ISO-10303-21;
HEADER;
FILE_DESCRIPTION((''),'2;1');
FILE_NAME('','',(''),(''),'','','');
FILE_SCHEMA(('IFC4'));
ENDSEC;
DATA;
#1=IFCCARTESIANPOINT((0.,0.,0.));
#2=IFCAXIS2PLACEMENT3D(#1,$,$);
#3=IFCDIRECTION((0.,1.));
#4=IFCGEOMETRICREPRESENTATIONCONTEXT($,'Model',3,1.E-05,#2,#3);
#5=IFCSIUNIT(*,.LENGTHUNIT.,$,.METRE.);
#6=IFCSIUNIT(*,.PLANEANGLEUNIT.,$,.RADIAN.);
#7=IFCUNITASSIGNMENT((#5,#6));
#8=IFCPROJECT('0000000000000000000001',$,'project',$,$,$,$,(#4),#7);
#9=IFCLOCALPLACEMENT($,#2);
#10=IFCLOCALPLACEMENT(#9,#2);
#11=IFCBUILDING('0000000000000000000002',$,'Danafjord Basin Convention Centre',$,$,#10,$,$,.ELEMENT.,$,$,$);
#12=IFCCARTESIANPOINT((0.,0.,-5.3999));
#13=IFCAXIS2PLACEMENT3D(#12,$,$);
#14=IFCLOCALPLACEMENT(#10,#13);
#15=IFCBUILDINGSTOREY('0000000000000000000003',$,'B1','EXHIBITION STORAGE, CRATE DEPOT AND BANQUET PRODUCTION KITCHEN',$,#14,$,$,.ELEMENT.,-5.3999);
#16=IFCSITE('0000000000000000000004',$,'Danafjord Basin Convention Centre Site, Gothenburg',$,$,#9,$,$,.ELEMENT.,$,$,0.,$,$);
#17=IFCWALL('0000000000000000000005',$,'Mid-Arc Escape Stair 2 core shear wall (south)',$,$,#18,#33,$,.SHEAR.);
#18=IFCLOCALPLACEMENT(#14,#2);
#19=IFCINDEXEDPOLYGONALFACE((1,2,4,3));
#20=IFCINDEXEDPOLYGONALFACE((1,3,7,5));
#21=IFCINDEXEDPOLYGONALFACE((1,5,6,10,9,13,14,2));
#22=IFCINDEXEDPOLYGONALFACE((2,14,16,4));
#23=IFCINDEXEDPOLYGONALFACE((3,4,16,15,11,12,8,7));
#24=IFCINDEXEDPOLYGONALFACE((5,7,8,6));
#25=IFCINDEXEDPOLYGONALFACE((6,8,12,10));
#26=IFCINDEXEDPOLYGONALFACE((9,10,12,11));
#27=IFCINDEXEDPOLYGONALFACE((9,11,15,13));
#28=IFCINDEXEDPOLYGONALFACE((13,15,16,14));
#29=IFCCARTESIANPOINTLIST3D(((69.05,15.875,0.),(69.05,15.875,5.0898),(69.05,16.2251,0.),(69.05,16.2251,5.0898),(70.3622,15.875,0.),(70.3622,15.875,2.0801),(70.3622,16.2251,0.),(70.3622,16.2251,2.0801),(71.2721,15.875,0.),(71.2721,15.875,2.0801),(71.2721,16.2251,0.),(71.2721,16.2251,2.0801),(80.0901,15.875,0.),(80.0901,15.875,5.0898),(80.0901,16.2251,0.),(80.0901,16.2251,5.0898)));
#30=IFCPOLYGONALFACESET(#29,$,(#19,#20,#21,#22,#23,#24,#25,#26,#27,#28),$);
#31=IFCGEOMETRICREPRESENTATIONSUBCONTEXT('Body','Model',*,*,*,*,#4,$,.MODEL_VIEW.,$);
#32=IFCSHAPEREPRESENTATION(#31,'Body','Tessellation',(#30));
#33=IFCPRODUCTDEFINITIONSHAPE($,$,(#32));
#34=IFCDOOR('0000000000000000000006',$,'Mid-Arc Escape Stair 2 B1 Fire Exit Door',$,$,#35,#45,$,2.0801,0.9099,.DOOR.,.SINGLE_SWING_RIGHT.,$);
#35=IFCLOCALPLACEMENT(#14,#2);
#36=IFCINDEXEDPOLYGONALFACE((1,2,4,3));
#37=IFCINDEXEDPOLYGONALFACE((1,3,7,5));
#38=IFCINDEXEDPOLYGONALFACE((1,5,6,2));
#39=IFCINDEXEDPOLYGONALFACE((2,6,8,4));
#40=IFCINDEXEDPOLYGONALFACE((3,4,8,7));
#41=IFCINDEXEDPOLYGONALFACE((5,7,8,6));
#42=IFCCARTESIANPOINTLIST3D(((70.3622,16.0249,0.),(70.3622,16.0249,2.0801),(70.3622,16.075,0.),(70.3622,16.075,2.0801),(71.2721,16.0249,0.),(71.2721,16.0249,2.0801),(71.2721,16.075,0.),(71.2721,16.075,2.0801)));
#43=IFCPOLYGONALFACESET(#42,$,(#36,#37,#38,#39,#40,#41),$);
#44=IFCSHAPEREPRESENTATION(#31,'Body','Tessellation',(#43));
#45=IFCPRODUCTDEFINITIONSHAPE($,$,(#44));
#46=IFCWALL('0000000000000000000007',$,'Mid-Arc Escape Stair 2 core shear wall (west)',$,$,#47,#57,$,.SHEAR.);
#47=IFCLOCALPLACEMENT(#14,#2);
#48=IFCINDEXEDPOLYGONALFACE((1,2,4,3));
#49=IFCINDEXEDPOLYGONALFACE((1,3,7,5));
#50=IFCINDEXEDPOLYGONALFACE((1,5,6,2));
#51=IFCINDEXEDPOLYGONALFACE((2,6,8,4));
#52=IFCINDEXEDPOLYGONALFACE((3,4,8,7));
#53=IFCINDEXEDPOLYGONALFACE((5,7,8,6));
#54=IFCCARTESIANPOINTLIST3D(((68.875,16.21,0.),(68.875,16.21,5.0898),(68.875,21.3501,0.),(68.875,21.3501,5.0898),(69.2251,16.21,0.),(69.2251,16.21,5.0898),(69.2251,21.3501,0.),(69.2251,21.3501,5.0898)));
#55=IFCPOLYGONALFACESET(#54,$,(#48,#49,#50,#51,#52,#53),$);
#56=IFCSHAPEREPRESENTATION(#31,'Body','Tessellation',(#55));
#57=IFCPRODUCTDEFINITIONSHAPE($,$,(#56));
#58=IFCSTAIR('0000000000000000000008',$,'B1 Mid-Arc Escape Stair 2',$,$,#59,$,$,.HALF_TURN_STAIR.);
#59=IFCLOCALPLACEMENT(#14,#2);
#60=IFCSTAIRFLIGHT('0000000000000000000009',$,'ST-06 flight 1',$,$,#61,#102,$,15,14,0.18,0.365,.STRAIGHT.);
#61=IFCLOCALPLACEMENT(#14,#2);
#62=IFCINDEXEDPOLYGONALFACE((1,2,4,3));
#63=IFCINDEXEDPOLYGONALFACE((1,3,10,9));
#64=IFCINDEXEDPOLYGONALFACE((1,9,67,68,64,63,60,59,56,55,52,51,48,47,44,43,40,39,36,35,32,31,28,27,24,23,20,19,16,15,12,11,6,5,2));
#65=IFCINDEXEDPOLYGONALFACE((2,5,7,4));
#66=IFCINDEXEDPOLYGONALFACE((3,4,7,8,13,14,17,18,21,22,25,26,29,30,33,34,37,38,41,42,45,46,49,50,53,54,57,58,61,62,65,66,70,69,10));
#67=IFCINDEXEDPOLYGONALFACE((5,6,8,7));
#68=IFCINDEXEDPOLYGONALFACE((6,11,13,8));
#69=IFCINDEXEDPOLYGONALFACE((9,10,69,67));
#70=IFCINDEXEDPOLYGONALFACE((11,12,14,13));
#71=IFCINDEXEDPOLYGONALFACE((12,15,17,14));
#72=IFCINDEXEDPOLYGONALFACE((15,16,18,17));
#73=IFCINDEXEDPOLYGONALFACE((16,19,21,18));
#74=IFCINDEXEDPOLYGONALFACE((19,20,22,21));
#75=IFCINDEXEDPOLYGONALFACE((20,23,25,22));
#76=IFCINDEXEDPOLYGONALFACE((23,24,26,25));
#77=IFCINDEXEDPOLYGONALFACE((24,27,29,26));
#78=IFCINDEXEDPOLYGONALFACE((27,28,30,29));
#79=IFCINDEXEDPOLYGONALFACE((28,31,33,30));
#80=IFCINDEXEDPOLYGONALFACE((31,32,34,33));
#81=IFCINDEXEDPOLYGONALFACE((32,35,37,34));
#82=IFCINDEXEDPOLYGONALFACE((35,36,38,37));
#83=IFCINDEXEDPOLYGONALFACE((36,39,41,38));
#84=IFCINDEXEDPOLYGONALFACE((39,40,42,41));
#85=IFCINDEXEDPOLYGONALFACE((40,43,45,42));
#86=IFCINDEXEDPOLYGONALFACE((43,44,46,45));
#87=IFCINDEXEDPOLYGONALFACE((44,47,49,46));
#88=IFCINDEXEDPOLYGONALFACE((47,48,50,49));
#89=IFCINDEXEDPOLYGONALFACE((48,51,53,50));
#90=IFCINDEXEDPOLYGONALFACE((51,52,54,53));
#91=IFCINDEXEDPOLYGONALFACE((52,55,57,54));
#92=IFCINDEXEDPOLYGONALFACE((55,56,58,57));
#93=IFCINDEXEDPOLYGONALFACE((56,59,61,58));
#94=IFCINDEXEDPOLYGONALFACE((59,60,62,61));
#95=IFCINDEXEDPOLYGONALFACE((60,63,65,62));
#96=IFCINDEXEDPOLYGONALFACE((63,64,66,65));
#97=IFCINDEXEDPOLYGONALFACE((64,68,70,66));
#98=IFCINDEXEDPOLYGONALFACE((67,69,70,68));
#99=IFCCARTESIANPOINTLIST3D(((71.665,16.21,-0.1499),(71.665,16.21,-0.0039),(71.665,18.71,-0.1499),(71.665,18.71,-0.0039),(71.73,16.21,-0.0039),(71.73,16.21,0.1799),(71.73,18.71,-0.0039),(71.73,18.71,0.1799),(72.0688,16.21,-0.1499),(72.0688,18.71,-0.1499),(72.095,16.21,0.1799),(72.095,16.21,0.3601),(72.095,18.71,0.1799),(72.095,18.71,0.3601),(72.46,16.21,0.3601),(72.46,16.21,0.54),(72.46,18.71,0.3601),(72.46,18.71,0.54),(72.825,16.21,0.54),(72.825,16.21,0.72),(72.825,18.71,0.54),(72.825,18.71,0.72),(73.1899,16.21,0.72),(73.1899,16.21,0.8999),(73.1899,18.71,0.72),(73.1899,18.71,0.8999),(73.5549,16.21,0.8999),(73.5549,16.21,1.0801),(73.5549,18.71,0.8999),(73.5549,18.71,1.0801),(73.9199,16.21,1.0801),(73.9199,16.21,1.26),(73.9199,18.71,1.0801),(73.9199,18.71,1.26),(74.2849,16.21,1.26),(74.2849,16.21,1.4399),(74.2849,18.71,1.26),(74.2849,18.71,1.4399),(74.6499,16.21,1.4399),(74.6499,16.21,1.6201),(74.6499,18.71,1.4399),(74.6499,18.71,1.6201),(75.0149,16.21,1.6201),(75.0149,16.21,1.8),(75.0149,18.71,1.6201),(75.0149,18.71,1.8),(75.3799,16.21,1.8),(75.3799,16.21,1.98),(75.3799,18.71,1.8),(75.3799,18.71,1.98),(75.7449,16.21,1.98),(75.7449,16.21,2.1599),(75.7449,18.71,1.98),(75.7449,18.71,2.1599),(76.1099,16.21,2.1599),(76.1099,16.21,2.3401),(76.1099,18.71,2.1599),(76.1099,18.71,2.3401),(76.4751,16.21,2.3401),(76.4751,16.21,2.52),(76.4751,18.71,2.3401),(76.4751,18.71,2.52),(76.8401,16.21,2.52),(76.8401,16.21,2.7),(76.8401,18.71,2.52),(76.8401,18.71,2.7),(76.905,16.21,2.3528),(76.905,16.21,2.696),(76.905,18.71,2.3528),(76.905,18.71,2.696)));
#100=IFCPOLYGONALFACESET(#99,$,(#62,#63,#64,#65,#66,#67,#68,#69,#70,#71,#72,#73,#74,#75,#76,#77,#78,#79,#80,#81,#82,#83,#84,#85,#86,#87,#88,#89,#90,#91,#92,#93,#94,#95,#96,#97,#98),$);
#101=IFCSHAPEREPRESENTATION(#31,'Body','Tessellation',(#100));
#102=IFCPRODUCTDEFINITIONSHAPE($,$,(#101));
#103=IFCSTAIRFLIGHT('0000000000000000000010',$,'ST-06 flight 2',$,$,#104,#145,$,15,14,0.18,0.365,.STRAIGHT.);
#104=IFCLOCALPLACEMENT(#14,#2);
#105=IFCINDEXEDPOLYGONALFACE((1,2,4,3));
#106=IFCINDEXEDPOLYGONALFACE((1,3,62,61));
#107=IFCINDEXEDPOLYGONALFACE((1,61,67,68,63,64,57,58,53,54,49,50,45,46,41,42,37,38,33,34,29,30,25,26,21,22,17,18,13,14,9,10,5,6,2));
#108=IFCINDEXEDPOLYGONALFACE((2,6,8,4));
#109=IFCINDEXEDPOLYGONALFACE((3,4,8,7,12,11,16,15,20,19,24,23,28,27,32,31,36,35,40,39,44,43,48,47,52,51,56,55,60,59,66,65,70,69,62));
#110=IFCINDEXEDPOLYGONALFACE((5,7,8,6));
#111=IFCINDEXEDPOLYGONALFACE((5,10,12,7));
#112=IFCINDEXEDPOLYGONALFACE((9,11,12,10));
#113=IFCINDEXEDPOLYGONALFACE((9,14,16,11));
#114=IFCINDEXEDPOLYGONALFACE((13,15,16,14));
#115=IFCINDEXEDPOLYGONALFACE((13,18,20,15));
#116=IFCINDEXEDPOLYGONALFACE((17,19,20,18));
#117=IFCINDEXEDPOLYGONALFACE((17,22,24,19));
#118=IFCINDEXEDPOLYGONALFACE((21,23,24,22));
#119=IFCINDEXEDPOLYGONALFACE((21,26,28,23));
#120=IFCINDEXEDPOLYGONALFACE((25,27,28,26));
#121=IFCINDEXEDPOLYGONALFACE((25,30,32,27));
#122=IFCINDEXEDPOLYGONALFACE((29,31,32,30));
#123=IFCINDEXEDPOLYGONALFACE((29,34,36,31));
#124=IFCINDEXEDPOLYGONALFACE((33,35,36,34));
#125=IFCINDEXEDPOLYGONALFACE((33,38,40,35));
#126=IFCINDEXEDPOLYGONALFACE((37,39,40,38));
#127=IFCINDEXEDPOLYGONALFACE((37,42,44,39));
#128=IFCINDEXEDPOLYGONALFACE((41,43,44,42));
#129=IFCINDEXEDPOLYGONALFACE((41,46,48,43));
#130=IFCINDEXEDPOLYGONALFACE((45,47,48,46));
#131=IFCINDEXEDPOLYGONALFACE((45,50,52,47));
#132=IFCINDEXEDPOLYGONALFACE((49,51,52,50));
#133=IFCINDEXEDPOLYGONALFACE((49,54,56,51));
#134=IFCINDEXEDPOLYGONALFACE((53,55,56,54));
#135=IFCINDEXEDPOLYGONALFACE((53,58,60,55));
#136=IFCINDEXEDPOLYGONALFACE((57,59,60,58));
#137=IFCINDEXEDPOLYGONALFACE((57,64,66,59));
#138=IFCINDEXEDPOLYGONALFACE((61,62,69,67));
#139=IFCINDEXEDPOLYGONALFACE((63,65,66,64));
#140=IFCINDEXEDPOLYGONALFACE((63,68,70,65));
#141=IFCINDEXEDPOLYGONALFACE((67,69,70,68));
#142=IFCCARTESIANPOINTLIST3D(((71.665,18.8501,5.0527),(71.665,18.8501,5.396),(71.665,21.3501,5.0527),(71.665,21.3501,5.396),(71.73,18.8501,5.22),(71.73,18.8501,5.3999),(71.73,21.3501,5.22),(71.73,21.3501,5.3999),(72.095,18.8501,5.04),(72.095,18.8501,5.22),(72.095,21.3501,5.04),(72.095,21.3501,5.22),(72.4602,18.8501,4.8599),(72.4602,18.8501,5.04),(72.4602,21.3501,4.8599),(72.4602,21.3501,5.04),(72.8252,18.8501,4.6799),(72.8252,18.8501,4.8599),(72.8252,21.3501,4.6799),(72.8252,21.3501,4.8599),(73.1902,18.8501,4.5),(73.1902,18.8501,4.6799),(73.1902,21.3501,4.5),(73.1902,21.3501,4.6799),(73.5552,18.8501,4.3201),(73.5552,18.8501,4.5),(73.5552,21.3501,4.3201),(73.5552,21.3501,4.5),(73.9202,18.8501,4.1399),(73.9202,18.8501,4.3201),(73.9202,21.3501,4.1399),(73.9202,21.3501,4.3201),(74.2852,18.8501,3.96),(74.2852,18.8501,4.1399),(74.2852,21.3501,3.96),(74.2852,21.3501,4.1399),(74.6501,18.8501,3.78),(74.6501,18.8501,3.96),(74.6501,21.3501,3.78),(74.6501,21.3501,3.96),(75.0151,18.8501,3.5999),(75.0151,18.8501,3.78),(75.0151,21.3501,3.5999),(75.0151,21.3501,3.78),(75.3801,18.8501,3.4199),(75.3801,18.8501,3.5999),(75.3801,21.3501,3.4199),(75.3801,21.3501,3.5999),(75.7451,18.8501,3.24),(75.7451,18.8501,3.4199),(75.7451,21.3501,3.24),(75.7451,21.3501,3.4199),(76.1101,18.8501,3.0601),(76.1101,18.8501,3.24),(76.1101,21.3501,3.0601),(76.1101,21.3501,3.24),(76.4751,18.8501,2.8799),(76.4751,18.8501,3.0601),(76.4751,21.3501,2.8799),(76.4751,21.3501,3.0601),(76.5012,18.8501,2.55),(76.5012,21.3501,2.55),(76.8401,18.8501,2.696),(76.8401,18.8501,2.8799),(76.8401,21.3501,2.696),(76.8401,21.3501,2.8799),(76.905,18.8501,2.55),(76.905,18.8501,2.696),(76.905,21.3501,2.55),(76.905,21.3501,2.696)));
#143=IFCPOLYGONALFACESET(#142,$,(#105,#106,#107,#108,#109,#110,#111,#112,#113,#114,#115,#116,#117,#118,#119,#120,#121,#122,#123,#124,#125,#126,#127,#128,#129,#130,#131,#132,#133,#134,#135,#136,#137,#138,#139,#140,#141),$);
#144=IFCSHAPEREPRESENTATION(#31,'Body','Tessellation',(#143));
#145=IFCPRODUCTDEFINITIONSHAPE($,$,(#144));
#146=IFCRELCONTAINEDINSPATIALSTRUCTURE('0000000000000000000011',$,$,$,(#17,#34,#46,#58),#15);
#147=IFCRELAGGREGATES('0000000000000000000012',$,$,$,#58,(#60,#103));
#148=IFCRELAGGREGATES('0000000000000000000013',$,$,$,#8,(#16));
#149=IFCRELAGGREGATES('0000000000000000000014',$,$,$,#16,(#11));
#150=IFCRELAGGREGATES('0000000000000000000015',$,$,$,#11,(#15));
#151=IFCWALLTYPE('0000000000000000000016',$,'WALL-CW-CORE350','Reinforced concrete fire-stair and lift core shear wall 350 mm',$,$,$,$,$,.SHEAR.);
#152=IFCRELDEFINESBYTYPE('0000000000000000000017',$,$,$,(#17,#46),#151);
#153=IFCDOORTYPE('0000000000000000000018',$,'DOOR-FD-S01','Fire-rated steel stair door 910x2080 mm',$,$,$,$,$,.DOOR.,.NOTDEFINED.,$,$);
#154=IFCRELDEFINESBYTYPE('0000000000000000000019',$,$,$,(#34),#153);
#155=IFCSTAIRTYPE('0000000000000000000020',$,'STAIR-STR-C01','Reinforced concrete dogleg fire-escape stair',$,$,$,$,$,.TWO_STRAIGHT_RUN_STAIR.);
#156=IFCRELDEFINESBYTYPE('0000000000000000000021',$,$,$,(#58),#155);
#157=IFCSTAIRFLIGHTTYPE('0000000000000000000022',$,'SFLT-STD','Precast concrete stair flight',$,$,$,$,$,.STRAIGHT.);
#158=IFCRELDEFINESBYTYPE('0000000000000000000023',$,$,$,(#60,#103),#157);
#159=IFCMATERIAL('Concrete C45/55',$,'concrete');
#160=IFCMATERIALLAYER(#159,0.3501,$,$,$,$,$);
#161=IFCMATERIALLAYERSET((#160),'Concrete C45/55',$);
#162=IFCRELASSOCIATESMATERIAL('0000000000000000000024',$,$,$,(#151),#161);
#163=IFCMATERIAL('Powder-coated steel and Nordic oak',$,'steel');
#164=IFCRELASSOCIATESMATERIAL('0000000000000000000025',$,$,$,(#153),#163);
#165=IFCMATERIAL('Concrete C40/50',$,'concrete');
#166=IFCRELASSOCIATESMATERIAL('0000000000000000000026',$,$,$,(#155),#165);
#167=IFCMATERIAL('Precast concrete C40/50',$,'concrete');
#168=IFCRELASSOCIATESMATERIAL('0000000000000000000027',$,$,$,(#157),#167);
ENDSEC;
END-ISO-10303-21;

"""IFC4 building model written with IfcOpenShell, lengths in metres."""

from ifc_helpers import new_model, si_unit, direction, frame, frame_2d, origin, place, context, subcontext, project, spatial, polyline, rectangle, outline, extrude, material, layer, layer_set, type_object, element, fill, aggregate, save


model = new_model("IFC4")

# Units and contexts
model_context = context("Model", 3, precision=1e-05, world=origin(), true_north=direction((0.0, 1.0)))
body_context = subcontext(model_context, "Body", "Model", "MODEL_VIEW")
ifc_project = project(units=[si_unit("LENGTHUNIT", "METRE"), si_unit("PLANEANGLEUNIT", "RADIAN")], contexts=[model_context])

# Site, building, storey
site_placement = place(None, origin())
site = spatial("IfcSite", under=ifc_project, at=site_placement, Name="Danafjord Basin Convention Centre Site, Gothenburg", CompositionType="ELEMENT", RefElevation=0.0)
building_placement = place(site_placement, origin())
building = spatial("IfcBuilding", under=site, at=building_placement, Name="Danafjord Basin Convention Centre", CompositionType="ELEMENT")
storey_placement = place(building_placement, frame((0.0, 0.0, -5.3999)))
storey = spatial("IfcBuildingStorey", under=building, at=storey_placement, Name="B1", Description="EXHIBITION STORAGE, CRATE DEPOT AND BANQUET PRODUCTION KITCHEN", CompositionType="ELEMENT", Elevation=-5.3999)

# Shared definitions
ifc_material_1 = material(Name="Concrete C40/50", Category="concrete")

# Shared definitions
ifc_material_2 = material(Name="Concrete C45/55", Category="concrete")

# Wall, opening, door
ifc_layer = layer(ifc_material_2, 0.3501)
ifc_layer_set = layer_set([ifc_layer], Name="Concrete C45/55")
wall_type = type_object("IfcWallType", Name="WALL-CW-CORE350", Description="Reinforced concrete fire-stair and lift core shear wall 350 mm", PredefinedType="SHEAR", material=ifc_layer_set)
wall_1_placement = place(storey_placement, frame((69.05, 16.05, 0.0), z_axis=(0.0, 0.0, 1.0), x_axis=(1.0, 0.0, 0.0)))
wall_1 = element("IfcWall", 1, at=wall_1_placement, inside=storey, type_object=wall_type, Name="Mid-Arc Escape Stair 2 core shear wall (south)", PredefinedType="SHEAR", context=body_context, shape_type="SweptSolid", body=[
    extrude(rectangle(XDim=11.04, YDim=0.3501, at=frame_2d((5.52, 0.0))), origin(), (0.0, 0.0, 1.0), 5.0898),
])
opening_placement = place(wall_1_placement, frame((1.312, 0.0, 0.0)))
opening = element("IfcOpeningElement", 2, at=opening_placement, cuts=wall_1, PredefinedType="OPENING", context=body_context, shape_type="SweptSolid", body=[
    extrude(rectangle(XDim=0.9099, YDim=2.0801, at=frame_2d((0.4551, 1.04))), frame((0.0, 0.1851, 0.0), z_axis=(0.0, -1.0, 0.0), x_axis=(1.0, 0.0, 0.0)), (0.0, 0.0, 1.0), 0.3701),
])
ifc_material_3 = material(Name="Powder-coated steel and Nordic oak", Category="steel")
door_type = type_object("IfcDoorType", Name="DOOR-FD-S01", Description="Fire-rated steel stair door 910x2080 mm", OperationType="NOTDEFINED", PredefinedType="DOOR", material=ifc_material_3)
door_placement = place(opening_placement, origin())
door = element("IfcDoor", 3, at=door_placement, inside=storey, type_object=door_type, Name="Mid-Arc Escape Stair 2 B1 Fire Exit Door", OperationType="SINGLE_SWING_RIGHT", OverallHeight=2.0801, OverallWidth=0.9099, PredefinedType="DOOR", context=body_context, shape_type="SweptSolid", body=[
    extrude(rectangle(XDim=0.9099, YDim=2.0801, at=frame_2d((0.4551, 1.04))), frame((0.0, 0.0249, 0.0), z_axis=(0.0, -1.0, 0.0), x_axis=(1.0, 0.0, 0.0)), (0.0, 0.0, 1.0), 0.05),
])
fill(opening, door)

# Wall
wall_2_placement = place(storey_placement, frame((69.05, 21.3501, 0.0), z_axis=(0.0, 0.0, 1.0), x_axis=(0.0, -1.0, 0.0)))
element("IfcWall", 4, at=wall_2_placement, inside=storey, type_object=wall_type, Name="Mid-Arc Escape Stair 2 core shear wall (west)", PredefinedType="SHEAR", context=body_context, shape_type="SweptSolid", body=[
    extrude(rectangle(XDim=5.1401, YDim=0.3501, at=frame_2d((2.5701, 0.0))), origin(), (0.0, 0.0, 1.0), 5.0898),
])

# Stair, stair flights
stair_type = type_object("IfcStairType", Name="STAIR-STR-C01", Description="Reinforced concrete dogleg fire-escape stair", PredefinedType="TWO_STRAIGHT_RUN_STAIR", material=ifc_material_1)
stair_placement = place(storey_placement, origin())
stair = element("IfcStair", 5, at=stair_placement, inside=storey, type_object=stair_type, Name="B1 Mid-Arc Escape Stair 2", PredefinedType="HALF_TURN_STAIR")
ifc_material_4 = material(Name="Precast concrete C40/50", Category="concrete")
stair_flight_type = type_object("IfcStairFlightType", Name="SFLT-STD", Description="Precast concrete stair flight", PredefinedType="STRAIGHT", material=ifc_material_4)
stair_flight_1_placement = place(storey_placement, frame((71.73, 17.46, 0.0), z_axis=(0.0, 0.0, 1.0), x_axis=(1.0, 0.0, 0.0)))
stair_flight_1 = element("IfcStairFlight", 6, at=stair_flight_1_placement, type_object=stair_flight_type, Name="ST-06 flight 1", NumberOfRisers=15, NumberOfTreads=14, PredefinedType="STRAIGHT", RiserHeight=0.18, TreadLength=0.365, context=body_context, shape_type="SweptSolid", body=[
    extrude(outline(polyline([(-0.0649, -0.1499), (-0.0649, -0.0039), (0.0, -0.0039), (0.0, 0.1799), (0.365, 0.1799), (0.365, 0.3601), (0.73, 0.3601), (0.73, 0.54), (1.095, 0.54), (1.095, 0.72), (1.46, 0.72), (1.46, 0.8999), (1.825, 0.8999), (1.825, 1.0801), (2.1899, 1.0801), (2.1899, 1.26), (2.5549, 1.26), (2.5549, 1.4399), (2.9199, 1.4399), (2.9199, 1.6201), (3.2849, 1.6201), (3.2849, 1.8), (3.6499, 1.8), (3.6499, 1.98), (4.0149, 1.98), (4.0149, 2.1599), (4.3799, 2.1599), (4.3799, 2.3401), (4.7451, 2.3401), (4.7451, 2.52), (5.1101, 2.52), (5.1101, 2.7), (5.175, 2.696), (5.175, 2.3528), (0.3389, -0.1499), (-0.0649, -0.1499)])), frame((0.0, 1.25, 0.0), z_axis=(0.0, -1.0, 0.0), x_axis=(1.0, 0.0, 0.0)), (0.0, 0.0, 1.0), 2.5),
])
stair_flight_2_placement = place(storey_placement, frame((76.8401, 20.1001, 2.7), z_axis=(0.0, 0.0, 1.0), x_axis=(-1.0, 0.0, 0.0)))
stair_flight_2 = element("IfcStairFlight", 7, at=stair_flight_2_placement, type_object=stair_flight_type, Name="ST-06 flight 2", NumberOfRisers=15, NumberOfTreads=14, PredefinedType="STRAIGHT", RiserHeight=0.18, TreadLength=0.365, context=body_context, shape_type="SweptSolid", body=[
    extrude(outline(polyline([(-0.0649, -0.1499), (-0.0649, -0.0039), (0.0, -0.0039), (0.0, 0.1799), (0.365, 0.1799), (0.365, 0.3601), (0.73, 0.3601), (0.73, 0.54), (1.095, 0.54), (1.095, 0.72), (1.46, 0.72), (1.46, 0.8999), (1.825, 0.8999), (1.825, 1.0801), (2.1899, 1.0801), (2.1899, 1.26), (2.5549, 1.26), (2.5549, 1.4399), (2.9199, 1.4399), (2.9199, 1.6201), (3.2849, 1.6201), (3.2849, 1.8), (3.6499, 1.8), (3.6499, 1.98), (4.0149, 1.98), (4.0149, 2.1599), (4.3799, 2.1599), (4.3799, 2.3401), (4.7451, 2.3401), (4.7451, 2.52), (5.1101, 2.52), (5.1101, 2.7), (5.175, 2.696), (5.175, 2.3528), (0.3389, -0.1499), (-0.0649, -0.1499)])), frame((0.0, 1.25, 0.0), z_axis=(0.0, -1.0, 0.0), x_axis=(1.0, 0.0, 0.0)), (0.0, 0.0, 1.0), 2.5),
])
aggregate(stair, [stair_flight_1, stair_flight_2])

save(model, "model.ifc")
